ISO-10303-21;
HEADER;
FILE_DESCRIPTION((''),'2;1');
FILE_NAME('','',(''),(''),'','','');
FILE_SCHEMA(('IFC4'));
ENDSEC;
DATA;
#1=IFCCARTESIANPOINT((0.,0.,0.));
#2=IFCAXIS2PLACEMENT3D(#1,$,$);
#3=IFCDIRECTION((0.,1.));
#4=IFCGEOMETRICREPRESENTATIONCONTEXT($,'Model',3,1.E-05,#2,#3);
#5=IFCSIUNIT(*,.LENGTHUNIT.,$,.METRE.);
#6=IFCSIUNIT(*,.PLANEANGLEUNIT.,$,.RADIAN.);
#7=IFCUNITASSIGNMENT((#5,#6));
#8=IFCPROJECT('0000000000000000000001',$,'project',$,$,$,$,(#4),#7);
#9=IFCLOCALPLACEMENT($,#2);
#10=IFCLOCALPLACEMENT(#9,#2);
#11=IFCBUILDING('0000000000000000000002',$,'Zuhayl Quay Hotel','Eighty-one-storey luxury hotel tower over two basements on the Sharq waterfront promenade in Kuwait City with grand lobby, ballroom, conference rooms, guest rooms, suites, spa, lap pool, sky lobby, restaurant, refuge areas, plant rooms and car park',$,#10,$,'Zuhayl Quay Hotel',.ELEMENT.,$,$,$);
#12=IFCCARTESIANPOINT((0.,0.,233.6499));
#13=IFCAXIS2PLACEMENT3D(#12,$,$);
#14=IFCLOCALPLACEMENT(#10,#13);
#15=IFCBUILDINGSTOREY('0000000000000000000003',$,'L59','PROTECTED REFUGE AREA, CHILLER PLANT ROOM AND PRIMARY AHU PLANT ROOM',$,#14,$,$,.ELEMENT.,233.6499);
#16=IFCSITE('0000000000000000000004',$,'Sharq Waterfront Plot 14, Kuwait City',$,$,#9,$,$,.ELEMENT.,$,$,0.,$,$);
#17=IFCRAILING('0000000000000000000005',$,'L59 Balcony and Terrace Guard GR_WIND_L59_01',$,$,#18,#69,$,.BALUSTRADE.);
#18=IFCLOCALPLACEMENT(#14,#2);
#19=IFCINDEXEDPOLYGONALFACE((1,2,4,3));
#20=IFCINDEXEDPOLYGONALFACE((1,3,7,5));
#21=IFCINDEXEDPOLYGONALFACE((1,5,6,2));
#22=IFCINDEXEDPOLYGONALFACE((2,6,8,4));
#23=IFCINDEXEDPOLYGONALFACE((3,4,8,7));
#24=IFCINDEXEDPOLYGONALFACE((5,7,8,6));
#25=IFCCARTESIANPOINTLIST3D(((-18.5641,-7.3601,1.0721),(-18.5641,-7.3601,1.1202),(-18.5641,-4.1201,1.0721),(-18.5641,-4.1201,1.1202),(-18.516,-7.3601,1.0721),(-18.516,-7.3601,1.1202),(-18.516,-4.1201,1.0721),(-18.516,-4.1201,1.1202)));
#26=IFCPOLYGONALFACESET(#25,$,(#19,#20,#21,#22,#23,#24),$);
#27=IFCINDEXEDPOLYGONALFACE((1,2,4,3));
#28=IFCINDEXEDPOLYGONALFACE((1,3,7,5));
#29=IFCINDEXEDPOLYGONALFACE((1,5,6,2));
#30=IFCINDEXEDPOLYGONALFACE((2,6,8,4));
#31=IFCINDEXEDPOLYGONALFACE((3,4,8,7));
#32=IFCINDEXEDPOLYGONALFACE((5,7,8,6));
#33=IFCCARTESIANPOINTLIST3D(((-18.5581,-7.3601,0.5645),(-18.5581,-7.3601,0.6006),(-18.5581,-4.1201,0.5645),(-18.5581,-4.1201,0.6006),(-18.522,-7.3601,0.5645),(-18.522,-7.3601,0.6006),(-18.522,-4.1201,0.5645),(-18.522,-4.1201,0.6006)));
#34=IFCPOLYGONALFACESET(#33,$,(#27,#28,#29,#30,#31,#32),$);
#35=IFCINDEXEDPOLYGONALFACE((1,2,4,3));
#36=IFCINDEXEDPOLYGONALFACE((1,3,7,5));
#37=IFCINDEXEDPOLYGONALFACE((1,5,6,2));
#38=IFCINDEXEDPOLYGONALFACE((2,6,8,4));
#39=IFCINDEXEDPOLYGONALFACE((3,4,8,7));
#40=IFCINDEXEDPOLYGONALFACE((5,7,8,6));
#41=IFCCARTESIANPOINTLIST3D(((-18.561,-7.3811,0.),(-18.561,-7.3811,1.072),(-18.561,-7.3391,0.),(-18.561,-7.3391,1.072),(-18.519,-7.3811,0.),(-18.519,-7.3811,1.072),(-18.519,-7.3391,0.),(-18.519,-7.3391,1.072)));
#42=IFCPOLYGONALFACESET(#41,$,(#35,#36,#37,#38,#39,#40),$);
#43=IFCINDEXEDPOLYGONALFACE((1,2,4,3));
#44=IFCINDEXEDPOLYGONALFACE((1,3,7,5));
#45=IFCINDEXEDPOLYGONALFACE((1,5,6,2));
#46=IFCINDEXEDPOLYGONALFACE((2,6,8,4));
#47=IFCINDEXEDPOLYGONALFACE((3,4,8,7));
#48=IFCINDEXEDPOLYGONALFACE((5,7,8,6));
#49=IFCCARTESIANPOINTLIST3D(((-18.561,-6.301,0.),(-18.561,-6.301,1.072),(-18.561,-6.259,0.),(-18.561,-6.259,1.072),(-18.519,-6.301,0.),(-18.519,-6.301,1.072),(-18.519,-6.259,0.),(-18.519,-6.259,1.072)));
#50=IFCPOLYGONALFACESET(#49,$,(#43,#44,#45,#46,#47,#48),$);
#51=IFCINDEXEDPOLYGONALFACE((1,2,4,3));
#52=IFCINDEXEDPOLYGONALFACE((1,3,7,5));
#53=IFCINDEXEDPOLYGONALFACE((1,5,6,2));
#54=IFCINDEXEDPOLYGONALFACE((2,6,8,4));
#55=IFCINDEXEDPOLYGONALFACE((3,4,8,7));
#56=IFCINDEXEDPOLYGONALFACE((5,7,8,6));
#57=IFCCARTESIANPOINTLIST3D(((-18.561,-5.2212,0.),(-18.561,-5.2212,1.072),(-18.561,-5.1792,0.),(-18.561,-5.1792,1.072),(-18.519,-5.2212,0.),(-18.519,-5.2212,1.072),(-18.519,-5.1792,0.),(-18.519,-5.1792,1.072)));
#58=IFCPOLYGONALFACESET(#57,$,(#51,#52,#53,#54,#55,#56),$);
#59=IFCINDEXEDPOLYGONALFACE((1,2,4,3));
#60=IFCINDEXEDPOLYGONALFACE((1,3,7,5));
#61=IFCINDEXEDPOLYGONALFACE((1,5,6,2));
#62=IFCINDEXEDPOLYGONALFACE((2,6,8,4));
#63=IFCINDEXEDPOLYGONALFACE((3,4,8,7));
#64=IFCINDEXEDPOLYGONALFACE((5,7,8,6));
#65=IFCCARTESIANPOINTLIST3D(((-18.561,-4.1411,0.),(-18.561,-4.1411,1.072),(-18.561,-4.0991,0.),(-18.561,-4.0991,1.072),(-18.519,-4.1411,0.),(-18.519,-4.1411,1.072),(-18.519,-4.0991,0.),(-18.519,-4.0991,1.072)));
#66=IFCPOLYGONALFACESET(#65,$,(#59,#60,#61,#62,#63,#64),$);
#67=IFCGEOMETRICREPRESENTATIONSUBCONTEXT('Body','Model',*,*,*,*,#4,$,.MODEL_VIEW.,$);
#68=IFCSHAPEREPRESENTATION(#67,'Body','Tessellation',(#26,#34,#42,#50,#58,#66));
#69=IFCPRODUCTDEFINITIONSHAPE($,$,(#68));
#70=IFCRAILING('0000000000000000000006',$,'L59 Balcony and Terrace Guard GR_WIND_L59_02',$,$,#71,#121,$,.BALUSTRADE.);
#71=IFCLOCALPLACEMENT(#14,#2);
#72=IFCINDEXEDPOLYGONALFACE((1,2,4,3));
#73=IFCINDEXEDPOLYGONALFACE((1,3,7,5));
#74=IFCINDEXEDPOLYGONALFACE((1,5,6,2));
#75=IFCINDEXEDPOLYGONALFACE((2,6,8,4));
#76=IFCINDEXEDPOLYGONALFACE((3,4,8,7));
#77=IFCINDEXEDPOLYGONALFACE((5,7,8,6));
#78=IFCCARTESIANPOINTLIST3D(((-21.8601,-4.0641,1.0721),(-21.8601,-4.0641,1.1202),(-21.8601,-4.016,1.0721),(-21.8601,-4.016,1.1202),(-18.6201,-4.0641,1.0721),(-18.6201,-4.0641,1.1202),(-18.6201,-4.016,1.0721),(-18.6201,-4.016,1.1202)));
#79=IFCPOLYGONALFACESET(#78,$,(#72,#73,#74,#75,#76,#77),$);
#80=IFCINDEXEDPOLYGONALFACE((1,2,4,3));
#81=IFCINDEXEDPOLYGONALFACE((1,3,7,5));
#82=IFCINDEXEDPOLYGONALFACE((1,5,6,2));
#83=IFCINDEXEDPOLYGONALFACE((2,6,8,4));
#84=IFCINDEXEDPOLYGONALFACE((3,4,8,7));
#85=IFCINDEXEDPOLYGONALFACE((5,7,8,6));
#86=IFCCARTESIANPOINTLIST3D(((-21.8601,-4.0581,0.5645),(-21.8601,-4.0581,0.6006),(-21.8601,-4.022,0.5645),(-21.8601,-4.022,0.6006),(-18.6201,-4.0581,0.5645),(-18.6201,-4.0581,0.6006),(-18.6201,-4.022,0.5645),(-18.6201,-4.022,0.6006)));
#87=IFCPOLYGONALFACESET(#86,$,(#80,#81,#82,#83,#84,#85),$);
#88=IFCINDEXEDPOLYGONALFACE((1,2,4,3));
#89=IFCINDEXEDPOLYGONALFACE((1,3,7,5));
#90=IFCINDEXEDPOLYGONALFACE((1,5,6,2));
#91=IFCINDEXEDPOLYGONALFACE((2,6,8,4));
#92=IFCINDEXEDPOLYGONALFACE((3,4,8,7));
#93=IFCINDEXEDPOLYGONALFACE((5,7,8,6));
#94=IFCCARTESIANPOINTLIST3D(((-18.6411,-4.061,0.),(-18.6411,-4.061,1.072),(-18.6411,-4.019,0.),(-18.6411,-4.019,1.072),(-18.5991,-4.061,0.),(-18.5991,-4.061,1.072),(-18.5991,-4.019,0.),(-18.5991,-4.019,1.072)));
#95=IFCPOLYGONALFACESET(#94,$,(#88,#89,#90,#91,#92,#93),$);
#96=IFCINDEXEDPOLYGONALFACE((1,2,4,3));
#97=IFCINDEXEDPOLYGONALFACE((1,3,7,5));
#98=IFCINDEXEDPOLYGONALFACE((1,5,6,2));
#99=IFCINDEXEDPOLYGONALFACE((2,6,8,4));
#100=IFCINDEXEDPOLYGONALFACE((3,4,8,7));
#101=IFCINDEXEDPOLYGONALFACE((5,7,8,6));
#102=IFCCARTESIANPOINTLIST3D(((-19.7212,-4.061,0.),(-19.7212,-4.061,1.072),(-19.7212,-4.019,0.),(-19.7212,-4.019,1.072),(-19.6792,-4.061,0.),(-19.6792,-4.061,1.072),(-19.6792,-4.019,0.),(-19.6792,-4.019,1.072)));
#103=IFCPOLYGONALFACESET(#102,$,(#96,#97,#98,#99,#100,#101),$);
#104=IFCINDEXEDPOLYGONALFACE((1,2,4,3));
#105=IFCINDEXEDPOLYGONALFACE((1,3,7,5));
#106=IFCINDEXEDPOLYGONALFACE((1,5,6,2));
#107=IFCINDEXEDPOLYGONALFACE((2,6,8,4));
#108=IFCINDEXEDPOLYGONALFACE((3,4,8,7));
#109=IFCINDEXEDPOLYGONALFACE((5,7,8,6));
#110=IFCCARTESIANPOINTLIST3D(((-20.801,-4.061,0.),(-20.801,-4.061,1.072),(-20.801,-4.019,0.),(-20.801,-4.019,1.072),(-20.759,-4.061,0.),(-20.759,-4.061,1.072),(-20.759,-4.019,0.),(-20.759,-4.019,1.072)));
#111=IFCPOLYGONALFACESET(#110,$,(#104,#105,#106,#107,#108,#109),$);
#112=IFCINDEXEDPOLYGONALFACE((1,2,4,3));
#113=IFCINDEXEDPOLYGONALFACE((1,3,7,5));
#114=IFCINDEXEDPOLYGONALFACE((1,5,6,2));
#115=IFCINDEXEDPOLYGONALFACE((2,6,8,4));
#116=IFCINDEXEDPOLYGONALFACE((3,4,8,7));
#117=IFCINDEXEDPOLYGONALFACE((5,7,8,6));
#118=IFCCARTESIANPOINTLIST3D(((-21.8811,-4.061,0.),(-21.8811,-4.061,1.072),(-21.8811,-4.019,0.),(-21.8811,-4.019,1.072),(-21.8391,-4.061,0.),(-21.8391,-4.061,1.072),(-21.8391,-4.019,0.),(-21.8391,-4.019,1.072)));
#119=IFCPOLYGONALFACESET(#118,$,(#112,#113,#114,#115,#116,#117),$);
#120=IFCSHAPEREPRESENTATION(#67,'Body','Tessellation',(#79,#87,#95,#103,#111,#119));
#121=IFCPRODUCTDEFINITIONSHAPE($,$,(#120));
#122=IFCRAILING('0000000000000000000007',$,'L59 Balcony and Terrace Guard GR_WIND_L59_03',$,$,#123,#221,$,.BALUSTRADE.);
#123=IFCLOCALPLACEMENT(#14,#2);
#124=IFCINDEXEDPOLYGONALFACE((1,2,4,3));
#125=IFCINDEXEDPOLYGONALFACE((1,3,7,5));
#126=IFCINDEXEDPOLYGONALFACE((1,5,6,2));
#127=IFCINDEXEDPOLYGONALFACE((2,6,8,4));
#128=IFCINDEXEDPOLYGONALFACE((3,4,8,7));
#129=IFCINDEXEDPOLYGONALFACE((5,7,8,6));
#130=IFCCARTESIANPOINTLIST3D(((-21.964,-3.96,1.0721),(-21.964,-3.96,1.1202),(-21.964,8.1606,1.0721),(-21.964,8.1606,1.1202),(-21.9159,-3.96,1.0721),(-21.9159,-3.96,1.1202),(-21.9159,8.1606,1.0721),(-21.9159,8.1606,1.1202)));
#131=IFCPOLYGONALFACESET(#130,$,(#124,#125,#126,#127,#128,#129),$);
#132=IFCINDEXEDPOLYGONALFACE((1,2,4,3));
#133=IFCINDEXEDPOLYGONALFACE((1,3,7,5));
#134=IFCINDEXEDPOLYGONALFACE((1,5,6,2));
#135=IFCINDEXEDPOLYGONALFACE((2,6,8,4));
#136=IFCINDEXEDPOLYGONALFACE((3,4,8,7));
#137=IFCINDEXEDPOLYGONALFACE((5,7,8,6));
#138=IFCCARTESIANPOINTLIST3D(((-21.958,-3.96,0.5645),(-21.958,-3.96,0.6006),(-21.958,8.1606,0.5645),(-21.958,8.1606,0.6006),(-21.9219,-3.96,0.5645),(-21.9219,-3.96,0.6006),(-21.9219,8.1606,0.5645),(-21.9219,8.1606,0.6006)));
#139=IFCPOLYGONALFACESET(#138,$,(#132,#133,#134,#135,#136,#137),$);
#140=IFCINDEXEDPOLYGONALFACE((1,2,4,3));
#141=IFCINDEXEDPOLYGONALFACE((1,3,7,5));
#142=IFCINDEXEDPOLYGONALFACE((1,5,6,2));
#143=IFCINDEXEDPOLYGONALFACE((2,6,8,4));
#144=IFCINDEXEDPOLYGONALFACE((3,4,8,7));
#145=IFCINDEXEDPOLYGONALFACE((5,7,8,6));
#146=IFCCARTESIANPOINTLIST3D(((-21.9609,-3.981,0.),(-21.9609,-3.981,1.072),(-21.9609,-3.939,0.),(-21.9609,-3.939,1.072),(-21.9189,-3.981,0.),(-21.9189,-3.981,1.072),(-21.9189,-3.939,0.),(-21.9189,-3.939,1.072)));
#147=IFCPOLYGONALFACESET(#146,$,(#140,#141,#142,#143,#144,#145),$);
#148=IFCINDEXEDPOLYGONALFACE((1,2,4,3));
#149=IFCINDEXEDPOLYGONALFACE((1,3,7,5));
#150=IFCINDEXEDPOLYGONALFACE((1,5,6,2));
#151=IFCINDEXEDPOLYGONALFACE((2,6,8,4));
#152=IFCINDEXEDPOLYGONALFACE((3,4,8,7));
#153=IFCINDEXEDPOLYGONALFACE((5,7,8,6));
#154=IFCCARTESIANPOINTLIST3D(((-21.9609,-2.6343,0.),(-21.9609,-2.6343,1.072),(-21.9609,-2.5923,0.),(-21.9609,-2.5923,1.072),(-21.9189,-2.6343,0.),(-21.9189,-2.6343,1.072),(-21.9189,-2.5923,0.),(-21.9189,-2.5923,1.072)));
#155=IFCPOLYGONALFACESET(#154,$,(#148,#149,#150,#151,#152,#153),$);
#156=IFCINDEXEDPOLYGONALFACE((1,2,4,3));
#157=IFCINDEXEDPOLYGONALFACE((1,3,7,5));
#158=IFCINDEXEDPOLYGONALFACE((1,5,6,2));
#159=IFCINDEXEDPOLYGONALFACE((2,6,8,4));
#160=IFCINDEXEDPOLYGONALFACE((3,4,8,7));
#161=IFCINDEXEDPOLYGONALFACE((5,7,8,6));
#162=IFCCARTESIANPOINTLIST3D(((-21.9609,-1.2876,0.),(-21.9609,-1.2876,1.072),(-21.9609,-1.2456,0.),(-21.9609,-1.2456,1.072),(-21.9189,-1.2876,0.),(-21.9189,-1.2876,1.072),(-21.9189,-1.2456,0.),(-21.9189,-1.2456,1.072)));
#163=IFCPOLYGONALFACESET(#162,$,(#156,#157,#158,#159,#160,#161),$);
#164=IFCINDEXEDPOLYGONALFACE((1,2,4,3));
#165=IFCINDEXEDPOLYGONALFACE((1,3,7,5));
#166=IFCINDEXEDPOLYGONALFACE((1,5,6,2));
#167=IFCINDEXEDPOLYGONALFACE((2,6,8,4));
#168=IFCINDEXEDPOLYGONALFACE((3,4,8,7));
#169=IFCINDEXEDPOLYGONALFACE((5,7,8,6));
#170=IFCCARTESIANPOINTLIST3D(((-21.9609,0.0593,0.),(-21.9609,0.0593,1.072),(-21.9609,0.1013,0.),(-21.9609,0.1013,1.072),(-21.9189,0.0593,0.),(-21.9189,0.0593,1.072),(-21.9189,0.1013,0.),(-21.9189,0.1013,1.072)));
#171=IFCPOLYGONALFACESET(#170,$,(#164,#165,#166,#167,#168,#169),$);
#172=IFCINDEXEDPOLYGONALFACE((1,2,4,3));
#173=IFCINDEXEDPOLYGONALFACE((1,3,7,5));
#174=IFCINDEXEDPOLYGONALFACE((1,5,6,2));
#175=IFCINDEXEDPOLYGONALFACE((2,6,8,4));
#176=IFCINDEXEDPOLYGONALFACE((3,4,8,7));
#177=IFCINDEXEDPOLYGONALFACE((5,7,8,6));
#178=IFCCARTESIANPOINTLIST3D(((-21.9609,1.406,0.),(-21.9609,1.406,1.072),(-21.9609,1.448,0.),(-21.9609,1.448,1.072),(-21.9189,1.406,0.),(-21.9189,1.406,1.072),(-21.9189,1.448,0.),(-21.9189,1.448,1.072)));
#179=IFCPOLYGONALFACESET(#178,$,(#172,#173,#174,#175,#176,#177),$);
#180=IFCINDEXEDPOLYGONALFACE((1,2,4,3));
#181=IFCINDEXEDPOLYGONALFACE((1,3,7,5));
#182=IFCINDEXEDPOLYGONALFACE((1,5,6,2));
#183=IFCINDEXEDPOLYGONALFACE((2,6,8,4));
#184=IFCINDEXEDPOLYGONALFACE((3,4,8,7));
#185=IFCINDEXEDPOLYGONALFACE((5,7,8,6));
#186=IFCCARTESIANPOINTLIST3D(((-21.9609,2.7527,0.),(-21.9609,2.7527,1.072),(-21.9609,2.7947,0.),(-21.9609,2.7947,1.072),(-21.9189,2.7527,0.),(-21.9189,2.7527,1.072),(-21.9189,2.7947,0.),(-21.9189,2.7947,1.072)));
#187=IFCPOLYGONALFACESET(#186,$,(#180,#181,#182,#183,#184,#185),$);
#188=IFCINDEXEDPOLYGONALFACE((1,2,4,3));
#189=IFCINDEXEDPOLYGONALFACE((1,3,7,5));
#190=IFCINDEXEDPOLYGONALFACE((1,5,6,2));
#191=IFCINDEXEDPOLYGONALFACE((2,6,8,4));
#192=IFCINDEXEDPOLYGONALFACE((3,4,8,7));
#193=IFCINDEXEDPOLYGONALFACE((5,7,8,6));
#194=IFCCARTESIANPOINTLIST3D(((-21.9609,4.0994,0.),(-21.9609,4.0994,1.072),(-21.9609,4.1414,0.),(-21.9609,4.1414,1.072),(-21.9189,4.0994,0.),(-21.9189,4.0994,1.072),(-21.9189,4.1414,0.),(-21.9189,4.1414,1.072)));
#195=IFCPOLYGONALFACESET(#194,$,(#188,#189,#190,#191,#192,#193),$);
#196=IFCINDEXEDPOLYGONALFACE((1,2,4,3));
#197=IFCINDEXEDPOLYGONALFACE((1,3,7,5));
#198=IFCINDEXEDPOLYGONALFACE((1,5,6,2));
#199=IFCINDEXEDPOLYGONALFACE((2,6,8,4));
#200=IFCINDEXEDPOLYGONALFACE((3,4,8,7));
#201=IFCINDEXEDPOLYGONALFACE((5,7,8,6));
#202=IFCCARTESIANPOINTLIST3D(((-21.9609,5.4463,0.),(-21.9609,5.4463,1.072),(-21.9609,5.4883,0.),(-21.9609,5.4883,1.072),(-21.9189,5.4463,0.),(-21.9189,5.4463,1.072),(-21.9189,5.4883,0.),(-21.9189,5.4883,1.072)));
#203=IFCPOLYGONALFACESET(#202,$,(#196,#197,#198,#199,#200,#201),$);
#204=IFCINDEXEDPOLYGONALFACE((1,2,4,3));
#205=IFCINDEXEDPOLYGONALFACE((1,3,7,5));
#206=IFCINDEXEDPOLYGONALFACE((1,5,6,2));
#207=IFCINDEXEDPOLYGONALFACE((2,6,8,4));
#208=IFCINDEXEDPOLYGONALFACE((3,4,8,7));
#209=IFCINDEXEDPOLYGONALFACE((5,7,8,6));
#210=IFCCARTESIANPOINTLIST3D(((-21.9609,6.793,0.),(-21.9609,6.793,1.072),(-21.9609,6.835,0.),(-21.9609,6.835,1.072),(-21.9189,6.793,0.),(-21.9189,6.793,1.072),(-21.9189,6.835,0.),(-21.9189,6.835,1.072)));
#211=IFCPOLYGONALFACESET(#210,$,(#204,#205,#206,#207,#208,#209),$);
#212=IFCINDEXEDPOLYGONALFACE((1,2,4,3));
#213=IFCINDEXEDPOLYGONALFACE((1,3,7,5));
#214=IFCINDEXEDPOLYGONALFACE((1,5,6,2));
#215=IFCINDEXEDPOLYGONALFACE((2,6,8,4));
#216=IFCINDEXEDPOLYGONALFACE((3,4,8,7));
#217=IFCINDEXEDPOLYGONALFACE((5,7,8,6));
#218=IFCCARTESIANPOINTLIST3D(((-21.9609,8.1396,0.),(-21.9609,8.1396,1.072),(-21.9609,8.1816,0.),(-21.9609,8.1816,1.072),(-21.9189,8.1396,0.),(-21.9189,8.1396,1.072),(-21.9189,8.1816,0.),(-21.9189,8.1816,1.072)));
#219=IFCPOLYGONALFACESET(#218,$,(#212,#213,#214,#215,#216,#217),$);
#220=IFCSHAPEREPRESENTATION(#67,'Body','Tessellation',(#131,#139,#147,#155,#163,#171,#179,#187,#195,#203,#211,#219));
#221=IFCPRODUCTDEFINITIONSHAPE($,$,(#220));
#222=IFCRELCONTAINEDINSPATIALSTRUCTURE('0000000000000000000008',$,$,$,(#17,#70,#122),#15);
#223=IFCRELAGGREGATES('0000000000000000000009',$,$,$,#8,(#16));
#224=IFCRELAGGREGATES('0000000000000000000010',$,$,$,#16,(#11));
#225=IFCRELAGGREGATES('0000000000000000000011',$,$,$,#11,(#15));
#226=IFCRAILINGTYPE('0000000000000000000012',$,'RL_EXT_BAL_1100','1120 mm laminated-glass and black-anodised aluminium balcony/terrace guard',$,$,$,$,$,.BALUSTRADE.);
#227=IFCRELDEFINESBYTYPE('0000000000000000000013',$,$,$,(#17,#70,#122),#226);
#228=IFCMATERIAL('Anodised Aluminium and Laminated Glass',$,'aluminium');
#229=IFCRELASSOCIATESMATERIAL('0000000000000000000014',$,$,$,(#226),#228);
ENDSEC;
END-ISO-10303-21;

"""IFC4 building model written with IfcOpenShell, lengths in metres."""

from ifc_helpers import new_model, si_unit, direction, frame, origin, origin_2d, place, context, subcontext, project, spatial, rectangle, extrude, material, type_object, element, save


model = new_model("IFC4")

# Units and contexts
model_context = context("Model", 3, precision=1e-05, world=origin(), true_north=direction((0.0, 1.0)))
body_context = subcontext(model_context, "Body", "Model", "MODEL_VIEW")
ifc_project = project(units=[si_unit("LENGTHUNIT", "METRE"), si_unit("PLANEANGLEUNIT", "RADIAN")], contexts=[model_context])

# Site, building, storey
site_placement = place(None, origin())
site = spatial("IfcSite", under=ifc_project, at=site_placement, Name="Sharq Waterfront Plot 14, Kuwait City", CompositionType="ELEMENT", RefElevation=0.0)
building_placement = place(site_placement, origin())
building = spatial("IfcBuilding", under=site, at=building_placement, Name="Zuhayl Quay Hotel", Description="Eighty-one-storey luxury hotel tower over two basements on the Sharq waterfront promenade in Kuwait City with grand lobby, ballroom, conference rooms, guest rooms, suites, spa, lap pool, sky lobby, restaurant, refuge areas, plant rooms and car park", LongName="Zuhayl Quay Hotel", CompositionType="ELEMENT")
storey_placement = place(building_placement, frame((0.0, 0.0, 233.6499)))
storey = spatial("IfcBuildingStorey", under=building, at=storey_placement, Name="L59", Description="PROTECTED REFUGE AREA, CHILLER PLANT ROOM AND PRIMARY AHU PLANT ROOM", CompositionType="ELEMENT", Elevation=233.6499)

# Railings
ifc_material_1 = material(Name="Anodised Aluminium and Laminated Glass", Category="aluminium")
railing_type = type_object("IfcRailingType", Name="RL_EXT_BAL_1100", Description="1120 mm laminated-glass and black-anodised aluminium balcony/terrace guard", PredefinedType="BALUSTRADE", material=ifc_material_1)
railing_1_placement = place(storey_placement, frame((-18.54, -7.3601, 0.0)))
element("IfcRailing", 1, at=railing_1_placement, inside=storey, type_object=railing_type, Name="L59 Balcony and Terrace Guard GR_WIND_L59_01", PredefinedType="BALUSTRADE", context=body_context, shape_type="SweptSolid", body=[
    extrude(rectangle(XDim=0.0481, YDim=0.0481, at=origin_2d()), frame((0.0, 0.0, 1.0962), z_axis=(0.0, 1.0, 0.0), x_axis=(-1.0, 0.0, 0.0)), (0.0, 0.0, 1.0), 3.24),
    extrude(rectangle(XDim=0.0361, YDim=0.0361, at=origin_2d()), frame((0.0, 0.0, 0.5825), z_axis=(0.0, 1.0, 0.0), x_axis=(-1.0, 0.0, 0.0)), (0.0, 0.0, 1.0), 3.24),
    extrude(rectangle(XDim=0.042, YDim=0.042, at=origin_2d()), origin(), (0.0, 0.0, 1.0), 1.072),
    extrude(rectangle(XDim=0.042, YDim=0.042, at=origin_2d()), frame((0.0, 1.0801, 0.0)), (0.0, 0.0, 1.0), 1.072),
    extrude(rectangle(XDim=0.042, YDim=0.042, at=origin_2d()), frame((0.0, 2.1599, 0.0)), (0.0, 0.0, 1.0), 1.072),
    extrude(rectangle(XDim=0.042, YDim=0.042, at=origin_2d()), frame((0.0, 3.24, 0.0)), (0.0, 0.0, 1.0), 1.072),
])
railing_2_placement = place(storey_placement, frame((-18.6201, -4.04, 0.0)))
element("IfcRailing", 2, at=railing_2_placement, inside=storey, type_object=railing_type, Name="L59 Balcony and Terrace Guard GR_WIND_L59_02", PredefinedType="BALUSTRADE", context=body_context, shape_type="SweptSolid", body=[
    extrude(rectangle(XDim=0.0481, YDim=0.0481, at=origin_2d()), frame((0.0, 0.0, 1.0962), z_axis=(-1.0, 0.0, 0.0), x_axis=(0.0, -1.0, 0.0)), (0.0, 0.0, 1.0), 3.24),
    extrude(rectangle(XDim=0.0361, YDim=0.0361, at=origin_2d()), frame((0.0, 0.0, 0.5825), z_axis=(-1.0, 0.0, 0.0), x_axis=(0.0, -1.0, 0.0)), (0.0, 0.0, 1.0), 3.24),
    extrude(rectangle(XDim=0.042, YDim=0.042, at=origin_2d()), origin(), (0.0, 0.0, 1.0), 1.072),
    extrude(rectangle(XDim=0.042, YDim=0.042, at=origin_2d()), frame((-1.0801, 0.0, 0.0)), (0.0, 0.0, 1.0), 1.072),
    extrude(rectangle(XDim=0.042, YDim=0.042, at=origin_2d()), frame((-2.1599, 0.0, 0.0)), (0.0, 0.0, 1.0), 1.072),
    extrude(rectangle(XDim=0.042, YDim=0.042, at=origin_2d()), frame((-3.24, 0.0, 0.0)), (0.0, 0.0, 1.0), 1.072),
])
railing_3_placement = place(storey_placement, frame((-21.9399, -3.96, 0.0)))
element("IfcRailing", 3, at=railing_3_placement, inside=storey, type_object=railing_type, Name="L59 Balcony and Terrace Guard GR_WIND_L59_03", PredefinedType="BALUSTRADE", context=body_context, shape_type="SweptSolid", body=[
    extrude(rectangle(XDim=0.0481, YDim=0.0481, at=origin_2d()), frame((0.0, 0.0, 1.0962), z_axis=(0.0, 1.0, 0.0), x_axis=(-1.0, 0.0, 0.0)), (0.0, 0.0, 1.0), 12.1206),
    extrude(rectangle(XDim=0.0361, YDim=0.0361, at=origin_2d()), frame((0.0, 0.0, 0.5825), z_axis=(0.0, 1.0, 0.0), x_axis=(-1.0, 0.0, 0.0)), (0.0, 0.0, 1.0), 12.1206),
    extrude(rectangle(XDim=0.042, YDim=0.042, at=origin_2d()), origin(), (0.0, 0.0, 1.0), 1.072),
    extrude(rectangle(XDim=0.042, YDim=0.042, at=origin_2d()), frame((0.0, 1.3467, 0.0)), (0.0, 0.0, 1.0), 1.072),
    extrude(rectangle(XDim=0.042, YDim=0.042, at=origin_2d()), frame((0.0, 2.6934, 0.0)), (0.0, 0.0, 1.0), 1.072),
    extrude(rectangle(XDim=0.042, YDim=0.042, at=origin_2d()), frame((0.0, 4.0403, 0.0)), (0.0, 0.0, 1.0), 1.072),
    extrude(rectangle(XDim=0.042, YDim=0.042, at=origin_2d()), frame((0.0, 5.387, 0.0)), (0.0, 0.0, 1.0), 1.072),
    extrude(rectangle(XDim=0.042, YDim=0.042, at=origin_2d()), frame((0.0, 6.7336, 0.0)), (0.0, 0.0, 1.0), 1.072),
    extrude(rectangle(XDim=0.042, YDim=0.042, at=origin_2d()), frame((0.0, 8.0803, 0.0)), (0.0, 0.0, 1.0), 1.072),
    extrude(rectangle(XDim=0.042, YDim=0.042, at=origin_2d()), frame((0.0, 9.4272, 0.0)), (0.0, 0.0, 1.0), 1.072),
    extrude(rectangle(XDim=0.042, YDim=0.042, at=origin_2d()), frame((0.0, 10.7739, 0.0)), (0.0, 0.0, 1.0), 1.072),
    extrude(rectangle(XDim=0.042, YDim=0.042, at=origin_2d()), frame((0.0, 12.1206, 0.0)), (0.0, 0.0, 1.0), 1.072),
])

save(model, "model.ifc")
